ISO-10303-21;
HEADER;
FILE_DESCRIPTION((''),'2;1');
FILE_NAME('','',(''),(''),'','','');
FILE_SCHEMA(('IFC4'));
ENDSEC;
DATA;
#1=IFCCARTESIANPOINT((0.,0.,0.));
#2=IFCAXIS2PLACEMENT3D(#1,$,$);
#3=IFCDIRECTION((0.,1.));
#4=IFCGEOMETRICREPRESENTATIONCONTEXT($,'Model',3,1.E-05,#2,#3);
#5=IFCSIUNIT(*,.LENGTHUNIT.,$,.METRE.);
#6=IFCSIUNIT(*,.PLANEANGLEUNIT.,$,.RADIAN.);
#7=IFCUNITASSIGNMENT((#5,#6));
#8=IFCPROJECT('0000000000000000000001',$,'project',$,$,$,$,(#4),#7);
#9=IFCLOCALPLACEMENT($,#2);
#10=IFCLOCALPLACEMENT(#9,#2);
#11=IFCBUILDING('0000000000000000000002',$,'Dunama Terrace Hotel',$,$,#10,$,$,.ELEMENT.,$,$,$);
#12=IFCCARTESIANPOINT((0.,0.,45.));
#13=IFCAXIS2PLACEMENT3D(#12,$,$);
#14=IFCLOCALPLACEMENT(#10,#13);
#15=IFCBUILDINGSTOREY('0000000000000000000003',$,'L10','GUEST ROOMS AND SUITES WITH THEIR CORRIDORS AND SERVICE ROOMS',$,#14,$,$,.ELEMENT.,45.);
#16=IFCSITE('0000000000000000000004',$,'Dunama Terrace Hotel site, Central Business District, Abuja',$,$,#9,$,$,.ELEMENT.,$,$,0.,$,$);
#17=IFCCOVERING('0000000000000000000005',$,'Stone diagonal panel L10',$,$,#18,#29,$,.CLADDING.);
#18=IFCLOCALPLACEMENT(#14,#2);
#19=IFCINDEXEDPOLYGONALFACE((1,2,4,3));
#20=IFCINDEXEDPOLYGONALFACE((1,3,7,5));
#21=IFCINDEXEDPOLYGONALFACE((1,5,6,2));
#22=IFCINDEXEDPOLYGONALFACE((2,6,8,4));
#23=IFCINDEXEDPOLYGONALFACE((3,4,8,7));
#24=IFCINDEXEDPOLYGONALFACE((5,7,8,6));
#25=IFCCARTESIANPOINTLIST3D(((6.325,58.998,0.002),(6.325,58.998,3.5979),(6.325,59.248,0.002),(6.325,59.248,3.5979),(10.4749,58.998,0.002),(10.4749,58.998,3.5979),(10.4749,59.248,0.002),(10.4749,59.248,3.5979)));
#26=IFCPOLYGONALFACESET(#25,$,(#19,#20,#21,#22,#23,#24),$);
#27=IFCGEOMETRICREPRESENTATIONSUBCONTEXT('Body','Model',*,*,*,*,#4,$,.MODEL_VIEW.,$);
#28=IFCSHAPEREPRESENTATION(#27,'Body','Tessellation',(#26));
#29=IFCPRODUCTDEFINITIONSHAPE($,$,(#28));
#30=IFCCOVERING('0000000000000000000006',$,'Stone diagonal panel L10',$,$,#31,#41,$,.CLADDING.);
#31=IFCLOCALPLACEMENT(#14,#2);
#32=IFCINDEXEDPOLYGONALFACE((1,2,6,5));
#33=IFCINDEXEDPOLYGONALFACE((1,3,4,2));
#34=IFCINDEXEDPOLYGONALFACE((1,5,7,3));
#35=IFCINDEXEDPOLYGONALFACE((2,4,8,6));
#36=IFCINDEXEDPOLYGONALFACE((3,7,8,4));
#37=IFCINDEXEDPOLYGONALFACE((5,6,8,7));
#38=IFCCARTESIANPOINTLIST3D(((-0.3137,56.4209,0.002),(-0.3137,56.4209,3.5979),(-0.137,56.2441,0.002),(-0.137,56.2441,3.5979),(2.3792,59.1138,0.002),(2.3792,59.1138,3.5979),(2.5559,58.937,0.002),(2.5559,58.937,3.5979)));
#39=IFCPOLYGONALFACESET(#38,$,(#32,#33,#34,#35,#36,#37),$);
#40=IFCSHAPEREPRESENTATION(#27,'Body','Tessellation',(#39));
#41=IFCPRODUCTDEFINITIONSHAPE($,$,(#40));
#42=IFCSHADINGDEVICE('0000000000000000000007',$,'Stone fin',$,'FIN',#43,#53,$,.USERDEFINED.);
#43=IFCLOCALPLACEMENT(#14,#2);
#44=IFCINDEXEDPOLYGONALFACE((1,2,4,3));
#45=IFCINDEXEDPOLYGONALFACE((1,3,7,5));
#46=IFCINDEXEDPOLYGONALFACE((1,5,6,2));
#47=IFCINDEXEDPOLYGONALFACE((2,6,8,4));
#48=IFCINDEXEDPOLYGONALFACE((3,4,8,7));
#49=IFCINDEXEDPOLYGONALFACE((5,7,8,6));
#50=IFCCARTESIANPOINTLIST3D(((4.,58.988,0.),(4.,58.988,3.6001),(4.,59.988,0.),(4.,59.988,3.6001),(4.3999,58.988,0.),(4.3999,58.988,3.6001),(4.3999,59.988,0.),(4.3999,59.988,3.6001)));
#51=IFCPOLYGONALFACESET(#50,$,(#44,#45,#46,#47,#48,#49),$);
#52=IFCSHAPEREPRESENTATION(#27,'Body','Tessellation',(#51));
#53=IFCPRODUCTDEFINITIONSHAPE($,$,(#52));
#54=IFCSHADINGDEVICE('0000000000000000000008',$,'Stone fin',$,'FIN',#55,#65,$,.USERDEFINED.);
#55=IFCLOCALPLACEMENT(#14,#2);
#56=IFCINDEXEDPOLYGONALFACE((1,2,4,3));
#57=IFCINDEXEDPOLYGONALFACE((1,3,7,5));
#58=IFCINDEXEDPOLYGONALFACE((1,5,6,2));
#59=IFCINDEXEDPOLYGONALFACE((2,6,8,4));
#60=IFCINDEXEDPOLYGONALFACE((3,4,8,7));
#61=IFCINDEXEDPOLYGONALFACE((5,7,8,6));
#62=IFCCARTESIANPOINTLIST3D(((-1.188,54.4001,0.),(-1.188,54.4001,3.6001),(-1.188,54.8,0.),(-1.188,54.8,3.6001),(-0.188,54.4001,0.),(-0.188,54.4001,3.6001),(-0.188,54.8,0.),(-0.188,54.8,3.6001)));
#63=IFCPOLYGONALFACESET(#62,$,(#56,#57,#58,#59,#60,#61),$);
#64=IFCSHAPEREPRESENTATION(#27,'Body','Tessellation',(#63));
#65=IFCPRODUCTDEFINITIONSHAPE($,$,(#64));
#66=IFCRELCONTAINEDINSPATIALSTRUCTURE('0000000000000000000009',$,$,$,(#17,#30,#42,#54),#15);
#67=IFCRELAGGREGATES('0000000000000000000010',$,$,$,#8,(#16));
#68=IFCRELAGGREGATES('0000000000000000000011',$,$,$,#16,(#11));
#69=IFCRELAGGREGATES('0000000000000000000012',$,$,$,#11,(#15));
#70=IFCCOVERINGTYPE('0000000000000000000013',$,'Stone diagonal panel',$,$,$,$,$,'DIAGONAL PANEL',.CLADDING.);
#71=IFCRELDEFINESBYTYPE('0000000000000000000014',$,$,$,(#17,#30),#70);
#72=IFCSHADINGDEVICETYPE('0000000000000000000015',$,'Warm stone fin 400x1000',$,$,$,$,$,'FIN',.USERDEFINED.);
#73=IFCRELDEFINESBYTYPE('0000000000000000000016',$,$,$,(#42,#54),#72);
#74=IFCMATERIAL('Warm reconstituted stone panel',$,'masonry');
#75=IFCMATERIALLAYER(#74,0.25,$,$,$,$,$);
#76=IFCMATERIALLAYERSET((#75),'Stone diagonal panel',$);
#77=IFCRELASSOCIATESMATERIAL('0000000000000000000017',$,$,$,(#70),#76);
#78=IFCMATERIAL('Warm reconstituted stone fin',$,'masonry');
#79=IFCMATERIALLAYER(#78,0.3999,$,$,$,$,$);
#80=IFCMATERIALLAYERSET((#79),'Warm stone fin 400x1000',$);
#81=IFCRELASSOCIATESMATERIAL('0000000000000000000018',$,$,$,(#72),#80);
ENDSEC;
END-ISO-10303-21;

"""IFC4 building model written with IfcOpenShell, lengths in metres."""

from ifc_helpers import new_model, si_unit, direction, frame, origin, origin_2d, place, context, subcontext, project, spatial, rectangle, extrude, material, layer, layer_set, type_object, element, save


model = new_model("IFC4")

# Units and contexts
model_context = context("Model", 3, precision=1e-05, world=origin(), true_north=direction((0.0, 1.0)))
body_context = subcontext(model_context, "Body", "Model", "MODEL_VIEW")
ifc_project = project(units=[si_unit("LENGTHUNIT", "METRE"), si_unit("PLANEANGLEUNIT", "RADIAN")], contexts=[model_context])

# Site, building, storey
site_placement = place(None, origin())
site = spatial("IfcSite", under=ifc_project, at=site_placement, Name="Dunama Terrace Hotel site, Central Business District, Abuja", CompositionType="ELEMENT", RefElevation=0.0)
building_placement = place(site_placement, origin())
building = spatial("IfcBuilding", under=site, at=building_placement, Name="Dunama Terrace Hotel", CompositionType="ELEMENT")
storey_placement = place(building_placement, frame((0.0, 0.0, 45.0)))
storey = spatial("IfcBuildingStorey", under=building, at=storey_placement, Name="L10", Description="GUEST ROOMS AND SUITES WITH THEIR CORRIDORS AND SERVICE ROOMS", CompositionType="ELEMENT", Elevation=45.0)

# Coverings
ifc_material_1 = material(Name="Warm reconstituted stone panel", Category="masonry")
ifc_layer_1 = layer(ifc_material_1, 0.25)
ifc_layer_set_1 = layer_set([ifc_layer_1], Name="Stone diagonal panel")
covering_type = type_object("IfcCoveringType", Name="Stone diagonal panel", ElementType="DIAGONAL PANEL", PredefinedType="CLADDING", material=ifc_layer_set_1)
covering_1_placement = place(storey_placement, frame((8.3999, 59.123, 0.002), z_axis=(0.0, 0.0, 1.0), x_axis=(-1.0, 0.0, 0.0)))
element("IfcCovering", 1, at=covering_1_placement, inside=storey, type_object=covering_type, Name="Stone diagonal panel L10", PredefinedType="CLADDING", context=body_context, shape_type="SweptSolid", body=[
    extrude(rectangle(XDim=4.1499, YDim=0.25, at=origin_2d()), origin(), (0.0, 0.0, 1.0), 3.5959),
])
covering_2_placement = place(storey_placement, frame((1.1211, 57.679, 0.002), z_axis=(0.0, 0.0, 1.0), x_axis=(-0.707107, -0.707107, 0.0)))
element("IfcCovering", 2, at=covering_2_placement, inside=storey, type_object=covering_type, Name="Stone diagonal panel L10", PredefinedType="CLADDING", context=body_context, shape_type="SweptSolid", body=[
    extrude(rectangle(XDim=3.8083, YDim=0.25, at=origin_2d()), origin(), (0.0, 0.0, 1.0), 3.5959),
])

# Shading devices
ifc_material_2 = material(Name="Warm reconstituted stone fin", Category="masonry")
ifc_layer_2 = layer(ifc_material_2, 0.3999)
ifc_layer_set_2 = layer_set([ifc_layer_2], Name="Warm stone fin 400x1000")
shading_device_type = type_object("IfcShadingDeviceType", Name="Warm stone fin 400x1000", ElementType="FIN", PredefinedType="USERDEFINED", material=ifc_layer_set_2)
for number, where, z_axis, x_axis, name in (
    (3, (4.2, 59.488, 0.0), (0.0, 0.0, 1.0), (-1.0, 0.0, 0.0), "Stone fin"),
    (4, (-0.688, 54.6001, 0.0), (0.0, 0.0, 1.0), (0.0, -1.0, 0.0), "Stone fin"),
):
    element("IfcShadingDevice", number, at=place(storey_placement, frame(where, z_axis=z_axis, x_axis=x_axis)), inside=storey, type_object=shading_device_type, Name=name, ObjectType="FIN", PredefinedType="USERDEFINED", context=body_context, shape_type="SweptSolid", body=[
        extrude(rectangle(XDim=0.3999, YDim=1.0, at=origin_2d()), origin(), (0.0, 0.0, 1.0), 3.6001),
    ])

save(model, "model.ifc")
